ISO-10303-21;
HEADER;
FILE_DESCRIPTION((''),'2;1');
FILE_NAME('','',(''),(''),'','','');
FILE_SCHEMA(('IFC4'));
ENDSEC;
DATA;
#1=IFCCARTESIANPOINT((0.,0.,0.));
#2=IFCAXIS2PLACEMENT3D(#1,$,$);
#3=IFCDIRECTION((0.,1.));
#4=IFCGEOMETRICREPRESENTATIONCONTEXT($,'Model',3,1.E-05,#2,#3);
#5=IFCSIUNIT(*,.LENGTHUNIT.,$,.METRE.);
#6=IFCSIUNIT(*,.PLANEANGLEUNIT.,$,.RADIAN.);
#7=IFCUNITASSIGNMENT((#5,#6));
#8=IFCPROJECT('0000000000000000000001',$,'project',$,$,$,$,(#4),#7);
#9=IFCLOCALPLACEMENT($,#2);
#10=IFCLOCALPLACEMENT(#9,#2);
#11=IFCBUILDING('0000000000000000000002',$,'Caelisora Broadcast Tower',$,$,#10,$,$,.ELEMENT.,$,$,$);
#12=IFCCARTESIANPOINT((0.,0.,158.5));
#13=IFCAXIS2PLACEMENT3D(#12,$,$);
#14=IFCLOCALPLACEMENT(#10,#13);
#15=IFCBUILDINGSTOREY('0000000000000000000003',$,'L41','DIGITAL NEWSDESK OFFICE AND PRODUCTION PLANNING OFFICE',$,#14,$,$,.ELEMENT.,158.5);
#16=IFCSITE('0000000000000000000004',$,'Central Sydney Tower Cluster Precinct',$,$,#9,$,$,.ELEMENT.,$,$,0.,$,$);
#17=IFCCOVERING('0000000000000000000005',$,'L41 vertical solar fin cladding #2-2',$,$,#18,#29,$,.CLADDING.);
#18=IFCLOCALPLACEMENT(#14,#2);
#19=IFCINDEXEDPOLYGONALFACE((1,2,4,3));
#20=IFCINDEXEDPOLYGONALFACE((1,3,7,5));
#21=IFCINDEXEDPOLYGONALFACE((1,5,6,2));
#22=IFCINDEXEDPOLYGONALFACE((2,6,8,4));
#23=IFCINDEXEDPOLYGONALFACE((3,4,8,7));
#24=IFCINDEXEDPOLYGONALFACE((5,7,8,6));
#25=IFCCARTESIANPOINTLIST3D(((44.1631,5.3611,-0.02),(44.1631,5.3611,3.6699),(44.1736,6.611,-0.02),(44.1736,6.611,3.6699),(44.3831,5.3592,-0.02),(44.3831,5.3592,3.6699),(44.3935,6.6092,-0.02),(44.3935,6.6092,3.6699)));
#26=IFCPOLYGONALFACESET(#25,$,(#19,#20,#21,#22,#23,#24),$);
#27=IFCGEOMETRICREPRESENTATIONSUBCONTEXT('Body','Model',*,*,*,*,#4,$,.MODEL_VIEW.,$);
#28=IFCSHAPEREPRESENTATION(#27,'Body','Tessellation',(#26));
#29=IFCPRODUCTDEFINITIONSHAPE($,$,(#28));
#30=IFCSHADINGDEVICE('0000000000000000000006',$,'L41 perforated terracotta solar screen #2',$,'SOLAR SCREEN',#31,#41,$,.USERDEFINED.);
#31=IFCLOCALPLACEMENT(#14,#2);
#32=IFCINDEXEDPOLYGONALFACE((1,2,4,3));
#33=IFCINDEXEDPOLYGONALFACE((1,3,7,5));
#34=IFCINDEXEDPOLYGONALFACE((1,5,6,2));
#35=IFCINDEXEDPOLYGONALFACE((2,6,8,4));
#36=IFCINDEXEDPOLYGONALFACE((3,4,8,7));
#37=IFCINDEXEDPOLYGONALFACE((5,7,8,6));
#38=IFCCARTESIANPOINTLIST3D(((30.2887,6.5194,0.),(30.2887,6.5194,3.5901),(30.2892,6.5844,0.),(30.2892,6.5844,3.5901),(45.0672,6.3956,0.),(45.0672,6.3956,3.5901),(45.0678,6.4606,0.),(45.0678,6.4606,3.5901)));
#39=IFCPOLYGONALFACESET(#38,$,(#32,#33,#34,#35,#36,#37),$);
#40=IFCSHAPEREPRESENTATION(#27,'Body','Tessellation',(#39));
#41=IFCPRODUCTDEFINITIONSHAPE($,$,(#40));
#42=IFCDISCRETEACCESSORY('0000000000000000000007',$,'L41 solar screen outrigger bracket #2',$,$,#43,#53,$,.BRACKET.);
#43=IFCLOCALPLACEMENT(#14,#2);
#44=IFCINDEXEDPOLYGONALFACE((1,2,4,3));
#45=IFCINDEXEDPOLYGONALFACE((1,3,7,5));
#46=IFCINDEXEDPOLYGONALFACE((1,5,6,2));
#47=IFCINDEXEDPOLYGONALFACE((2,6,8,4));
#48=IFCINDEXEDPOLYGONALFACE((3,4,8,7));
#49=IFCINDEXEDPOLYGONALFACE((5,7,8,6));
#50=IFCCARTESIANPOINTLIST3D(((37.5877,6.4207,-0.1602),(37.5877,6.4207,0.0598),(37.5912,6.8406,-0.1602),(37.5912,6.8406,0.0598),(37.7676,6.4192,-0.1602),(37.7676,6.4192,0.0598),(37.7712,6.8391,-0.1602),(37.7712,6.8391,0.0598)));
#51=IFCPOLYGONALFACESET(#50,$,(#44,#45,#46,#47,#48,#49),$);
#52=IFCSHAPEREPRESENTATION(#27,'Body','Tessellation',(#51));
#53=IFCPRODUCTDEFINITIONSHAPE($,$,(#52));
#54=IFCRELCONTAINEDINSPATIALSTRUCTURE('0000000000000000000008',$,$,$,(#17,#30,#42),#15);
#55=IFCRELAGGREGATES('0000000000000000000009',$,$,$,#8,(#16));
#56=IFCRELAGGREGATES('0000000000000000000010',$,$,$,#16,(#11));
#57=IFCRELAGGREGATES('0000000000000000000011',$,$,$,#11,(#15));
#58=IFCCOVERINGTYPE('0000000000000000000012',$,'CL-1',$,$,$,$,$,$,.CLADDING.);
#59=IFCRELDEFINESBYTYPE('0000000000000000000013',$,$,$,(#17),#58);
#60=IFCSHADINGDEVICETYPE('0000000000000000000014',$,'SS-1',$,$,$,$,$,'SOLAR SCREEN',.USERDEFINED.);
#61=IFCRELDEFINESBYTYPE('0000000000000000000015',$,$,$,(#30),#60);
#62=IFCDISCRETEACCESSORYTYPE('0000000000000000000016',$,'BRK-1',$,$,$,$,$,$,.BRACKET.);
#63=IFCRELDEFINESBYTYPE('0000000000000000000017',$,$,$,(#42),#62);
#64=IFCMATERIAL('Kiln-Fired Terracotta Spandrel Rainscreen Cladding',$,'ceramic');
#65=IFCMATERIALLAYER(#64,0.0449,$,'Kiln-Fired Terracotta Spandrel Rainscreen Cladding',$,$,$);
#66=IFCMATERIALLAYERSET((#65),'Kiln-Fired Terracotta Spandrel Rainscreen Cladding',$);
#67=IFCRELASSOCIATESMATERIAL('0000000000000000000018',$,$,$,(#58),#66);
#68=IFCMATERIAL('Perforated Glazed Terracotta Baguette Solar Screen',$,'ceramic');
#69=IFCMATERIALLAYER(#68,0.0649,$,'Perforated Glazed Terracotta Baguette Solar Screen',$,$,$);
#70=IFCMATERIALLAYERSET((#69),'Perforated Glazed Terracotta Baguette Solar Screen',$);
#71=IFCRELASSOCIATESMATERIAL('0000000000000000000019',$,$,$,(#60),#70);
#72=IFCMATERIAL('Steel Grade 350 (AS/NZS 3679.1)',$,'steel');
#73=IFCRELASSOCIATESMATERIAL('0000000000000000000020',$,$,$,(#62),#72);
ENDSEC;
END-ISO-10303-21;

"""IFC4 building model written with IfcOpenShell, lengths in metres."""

from ifc_helpers import new_model, si_unit, direction, frame, origin, origin_2d, place, context, subcontext, project, spatial, rectangle, extrude, source, transform, mapped, material, layer, layer_set, type_object, type_shapes, element, save


model = new_model("IFC4")

# Units and contexts
model_context = context("Model", 3, precision=1e-05, world=origin(), true_north=direction((0.0, 1.0)))
body_context = subcontext(model_context, "Body", "Model", "MODEL_VIEW")
ifc_project = project(units=[si_unit("LENGTHUNIT", "METRE"), si_unit("PLANEANGLEUNIT", "RADIAN")], contexts=[model_context])

# Site, building, storey
site_placement = place(None, origin())
site = spatial("IfcSite", under=ifc_project, at=site_placement, Name="Central Sydney Tower Cluster Precinct", CompositionType="ELEMENT", RefElevation=0.0)
building_placement = place(site_placement, origin())
building = spatial("IfcBuilding", under=site, at=building_placement, Name="Caelisora Broadcast Tower", CompositionType="ELEMENT")
storey_placement = place(building_placement, frame((0.0, 0.0, 158.5)))
storey = spatial("IfcBuildingStorey", under=building, at=storey_placement, Name="L41", Description="DIGITAL NEWSDESK OFFICE AND PRODUCTION PLANNING OFFICE", CompositionType="ELEMENT", Elevation=158.5)

# Shared definitions
ifc_material_1 = material(Name="Steel Grade 350 (AS/NZS 3679.1)", Category="steel")

# Covering
ifc_material_2 = material(Name="Kiln-Fired Terracotta Spandrel Rainscreen Cladding", Category="ceramic")
ifc_layer_1 = layer(ifc_material_2, 0.0449, Name="Kiln-Fired Terracotta Spandrel Rainscreen Cladding")
ifc_layer_set_1 = layer_set([ifc_layer_1], Name="Kiln-Fired Terracotta Spandrel Rainscreen Cladding")
covering_type = type_object("IfcCoveringType", Name="CL-1", PredefinedType="CLADDING", material=ifc_layer_set_1)
shared_shape_1 = source(origin(), body_context, "Body", "SweptSolid", [
    extrude(rectangle(XDim=0.22, YDim=1.25, at=origin_2d()), origin(), (0.0, 0.0, 1.0), 3.6899),
])
type_shapes(covering_type, [shared_shape_1])
covering_placement = place(storey_placement, frame((44.2783, 5.9851, -0.02), z_axis=(0.0, 0.0, 1.0), x_axis=(-0.999965, 0.008377, 0.0)))
element("IfcCovering", 1, at=covering_placement, inside=storey, type_object=covering_type, Name="L41 vertical solar fin cladding #2-2", PredefinedType="CLADDING", context=body_context, shape_type="MappedRepresentation", body=[
    mapped(shared_shape_1, transform((0.0, 0.0, 0.0), scale=1.0)),
])

# Shading device
ifc_material_3 = material(Name="Perforated Glazed Terracotta Baguette Solar Screen", Category="ceramic")
ifc_layer_2 = layer(ifc_material_3, 0.0649, Name="Perforated Glazed Terracotta Baguette Solar Screen")
ifc_layer_set_2 = layer_set([ifc_layer_2], Name="Perforated Glazed Terracotta Baguette Solar Screen")
shading_device_type = type_object("IfcShadingDeviceType", Name="SS-1", ElementType="SOLAR SCREEN", PredefinedType="USERDEFINED", material=ifc_layer_set_2)
shared_shape_2 = source(origin(), body_context, "Body", "SweptSolid", [
    extrude(rectangle(XDim=14.7791, YDim=0.0649, at=origin_2d()), origin(), (0.0, 0.0, 1.0), 3.5901),
])
type_shapes(shading_device_type, [shared_shape_2])
shading_device_placement = place(storey_placement, frame((37.6782, 6.49, 0.0), z_axis=(0.0, 0.0, 1.0), x_axis=(0.999965, -0.008377, 0.0)))
element("IfcShadingDevice", 2, at=shading_device_placement, inside=storey, type_object=shading_device_type, Name="L41 perforated terracotta solar screen #2", ObjectType="SOLAR SCREEN", PredefinedType="USERDEFINED", context=body_context, shape_type="MappedRepresentation", body=[
    mapped(shared_shape_2, transform((0.0, 0.0, 0.0), scale=1.0)),
])

# Discrete accessory
discrete_accessory_type = type_object("IfcDiscreteAccessoryType", Name="BRK-1", PredefinedType="BRACKET", material=ifc_material_1)
shared_shape_3 = source(origin(), body_context, "Body", "SweptSolid", [
    extrude(rectangle(XDim=0.1799, YDim=0.4199, at=origin_2d()), origin(), (0.0, 0.0, 1.0), 0.22),
])
type_shapes(discrete_accessory_type, [shared_shape_3])
discrete_accessory_placement = place(storey_placement, frame((37.6794, 6.6299, -0.1602), z_axis=(0.0, 0.0, 1.0), x_axis=(0.999965, -0.008377, 0.0)))
element("IfcDiscreteAccessory", 3, at=discrete_accessory_placement, inside=storey, type_object=discrete_accessory_type, Name="L41 solar screen outrigger bracket #2", PredefinedType="BRACKET", context=body_context, shape_type="MappedRepresentation", body=[
    mapped(shared_shape_3, transform((0.0, 0.0, 0.0), scale=1.0)),
])

save(model, "model.ifc")
